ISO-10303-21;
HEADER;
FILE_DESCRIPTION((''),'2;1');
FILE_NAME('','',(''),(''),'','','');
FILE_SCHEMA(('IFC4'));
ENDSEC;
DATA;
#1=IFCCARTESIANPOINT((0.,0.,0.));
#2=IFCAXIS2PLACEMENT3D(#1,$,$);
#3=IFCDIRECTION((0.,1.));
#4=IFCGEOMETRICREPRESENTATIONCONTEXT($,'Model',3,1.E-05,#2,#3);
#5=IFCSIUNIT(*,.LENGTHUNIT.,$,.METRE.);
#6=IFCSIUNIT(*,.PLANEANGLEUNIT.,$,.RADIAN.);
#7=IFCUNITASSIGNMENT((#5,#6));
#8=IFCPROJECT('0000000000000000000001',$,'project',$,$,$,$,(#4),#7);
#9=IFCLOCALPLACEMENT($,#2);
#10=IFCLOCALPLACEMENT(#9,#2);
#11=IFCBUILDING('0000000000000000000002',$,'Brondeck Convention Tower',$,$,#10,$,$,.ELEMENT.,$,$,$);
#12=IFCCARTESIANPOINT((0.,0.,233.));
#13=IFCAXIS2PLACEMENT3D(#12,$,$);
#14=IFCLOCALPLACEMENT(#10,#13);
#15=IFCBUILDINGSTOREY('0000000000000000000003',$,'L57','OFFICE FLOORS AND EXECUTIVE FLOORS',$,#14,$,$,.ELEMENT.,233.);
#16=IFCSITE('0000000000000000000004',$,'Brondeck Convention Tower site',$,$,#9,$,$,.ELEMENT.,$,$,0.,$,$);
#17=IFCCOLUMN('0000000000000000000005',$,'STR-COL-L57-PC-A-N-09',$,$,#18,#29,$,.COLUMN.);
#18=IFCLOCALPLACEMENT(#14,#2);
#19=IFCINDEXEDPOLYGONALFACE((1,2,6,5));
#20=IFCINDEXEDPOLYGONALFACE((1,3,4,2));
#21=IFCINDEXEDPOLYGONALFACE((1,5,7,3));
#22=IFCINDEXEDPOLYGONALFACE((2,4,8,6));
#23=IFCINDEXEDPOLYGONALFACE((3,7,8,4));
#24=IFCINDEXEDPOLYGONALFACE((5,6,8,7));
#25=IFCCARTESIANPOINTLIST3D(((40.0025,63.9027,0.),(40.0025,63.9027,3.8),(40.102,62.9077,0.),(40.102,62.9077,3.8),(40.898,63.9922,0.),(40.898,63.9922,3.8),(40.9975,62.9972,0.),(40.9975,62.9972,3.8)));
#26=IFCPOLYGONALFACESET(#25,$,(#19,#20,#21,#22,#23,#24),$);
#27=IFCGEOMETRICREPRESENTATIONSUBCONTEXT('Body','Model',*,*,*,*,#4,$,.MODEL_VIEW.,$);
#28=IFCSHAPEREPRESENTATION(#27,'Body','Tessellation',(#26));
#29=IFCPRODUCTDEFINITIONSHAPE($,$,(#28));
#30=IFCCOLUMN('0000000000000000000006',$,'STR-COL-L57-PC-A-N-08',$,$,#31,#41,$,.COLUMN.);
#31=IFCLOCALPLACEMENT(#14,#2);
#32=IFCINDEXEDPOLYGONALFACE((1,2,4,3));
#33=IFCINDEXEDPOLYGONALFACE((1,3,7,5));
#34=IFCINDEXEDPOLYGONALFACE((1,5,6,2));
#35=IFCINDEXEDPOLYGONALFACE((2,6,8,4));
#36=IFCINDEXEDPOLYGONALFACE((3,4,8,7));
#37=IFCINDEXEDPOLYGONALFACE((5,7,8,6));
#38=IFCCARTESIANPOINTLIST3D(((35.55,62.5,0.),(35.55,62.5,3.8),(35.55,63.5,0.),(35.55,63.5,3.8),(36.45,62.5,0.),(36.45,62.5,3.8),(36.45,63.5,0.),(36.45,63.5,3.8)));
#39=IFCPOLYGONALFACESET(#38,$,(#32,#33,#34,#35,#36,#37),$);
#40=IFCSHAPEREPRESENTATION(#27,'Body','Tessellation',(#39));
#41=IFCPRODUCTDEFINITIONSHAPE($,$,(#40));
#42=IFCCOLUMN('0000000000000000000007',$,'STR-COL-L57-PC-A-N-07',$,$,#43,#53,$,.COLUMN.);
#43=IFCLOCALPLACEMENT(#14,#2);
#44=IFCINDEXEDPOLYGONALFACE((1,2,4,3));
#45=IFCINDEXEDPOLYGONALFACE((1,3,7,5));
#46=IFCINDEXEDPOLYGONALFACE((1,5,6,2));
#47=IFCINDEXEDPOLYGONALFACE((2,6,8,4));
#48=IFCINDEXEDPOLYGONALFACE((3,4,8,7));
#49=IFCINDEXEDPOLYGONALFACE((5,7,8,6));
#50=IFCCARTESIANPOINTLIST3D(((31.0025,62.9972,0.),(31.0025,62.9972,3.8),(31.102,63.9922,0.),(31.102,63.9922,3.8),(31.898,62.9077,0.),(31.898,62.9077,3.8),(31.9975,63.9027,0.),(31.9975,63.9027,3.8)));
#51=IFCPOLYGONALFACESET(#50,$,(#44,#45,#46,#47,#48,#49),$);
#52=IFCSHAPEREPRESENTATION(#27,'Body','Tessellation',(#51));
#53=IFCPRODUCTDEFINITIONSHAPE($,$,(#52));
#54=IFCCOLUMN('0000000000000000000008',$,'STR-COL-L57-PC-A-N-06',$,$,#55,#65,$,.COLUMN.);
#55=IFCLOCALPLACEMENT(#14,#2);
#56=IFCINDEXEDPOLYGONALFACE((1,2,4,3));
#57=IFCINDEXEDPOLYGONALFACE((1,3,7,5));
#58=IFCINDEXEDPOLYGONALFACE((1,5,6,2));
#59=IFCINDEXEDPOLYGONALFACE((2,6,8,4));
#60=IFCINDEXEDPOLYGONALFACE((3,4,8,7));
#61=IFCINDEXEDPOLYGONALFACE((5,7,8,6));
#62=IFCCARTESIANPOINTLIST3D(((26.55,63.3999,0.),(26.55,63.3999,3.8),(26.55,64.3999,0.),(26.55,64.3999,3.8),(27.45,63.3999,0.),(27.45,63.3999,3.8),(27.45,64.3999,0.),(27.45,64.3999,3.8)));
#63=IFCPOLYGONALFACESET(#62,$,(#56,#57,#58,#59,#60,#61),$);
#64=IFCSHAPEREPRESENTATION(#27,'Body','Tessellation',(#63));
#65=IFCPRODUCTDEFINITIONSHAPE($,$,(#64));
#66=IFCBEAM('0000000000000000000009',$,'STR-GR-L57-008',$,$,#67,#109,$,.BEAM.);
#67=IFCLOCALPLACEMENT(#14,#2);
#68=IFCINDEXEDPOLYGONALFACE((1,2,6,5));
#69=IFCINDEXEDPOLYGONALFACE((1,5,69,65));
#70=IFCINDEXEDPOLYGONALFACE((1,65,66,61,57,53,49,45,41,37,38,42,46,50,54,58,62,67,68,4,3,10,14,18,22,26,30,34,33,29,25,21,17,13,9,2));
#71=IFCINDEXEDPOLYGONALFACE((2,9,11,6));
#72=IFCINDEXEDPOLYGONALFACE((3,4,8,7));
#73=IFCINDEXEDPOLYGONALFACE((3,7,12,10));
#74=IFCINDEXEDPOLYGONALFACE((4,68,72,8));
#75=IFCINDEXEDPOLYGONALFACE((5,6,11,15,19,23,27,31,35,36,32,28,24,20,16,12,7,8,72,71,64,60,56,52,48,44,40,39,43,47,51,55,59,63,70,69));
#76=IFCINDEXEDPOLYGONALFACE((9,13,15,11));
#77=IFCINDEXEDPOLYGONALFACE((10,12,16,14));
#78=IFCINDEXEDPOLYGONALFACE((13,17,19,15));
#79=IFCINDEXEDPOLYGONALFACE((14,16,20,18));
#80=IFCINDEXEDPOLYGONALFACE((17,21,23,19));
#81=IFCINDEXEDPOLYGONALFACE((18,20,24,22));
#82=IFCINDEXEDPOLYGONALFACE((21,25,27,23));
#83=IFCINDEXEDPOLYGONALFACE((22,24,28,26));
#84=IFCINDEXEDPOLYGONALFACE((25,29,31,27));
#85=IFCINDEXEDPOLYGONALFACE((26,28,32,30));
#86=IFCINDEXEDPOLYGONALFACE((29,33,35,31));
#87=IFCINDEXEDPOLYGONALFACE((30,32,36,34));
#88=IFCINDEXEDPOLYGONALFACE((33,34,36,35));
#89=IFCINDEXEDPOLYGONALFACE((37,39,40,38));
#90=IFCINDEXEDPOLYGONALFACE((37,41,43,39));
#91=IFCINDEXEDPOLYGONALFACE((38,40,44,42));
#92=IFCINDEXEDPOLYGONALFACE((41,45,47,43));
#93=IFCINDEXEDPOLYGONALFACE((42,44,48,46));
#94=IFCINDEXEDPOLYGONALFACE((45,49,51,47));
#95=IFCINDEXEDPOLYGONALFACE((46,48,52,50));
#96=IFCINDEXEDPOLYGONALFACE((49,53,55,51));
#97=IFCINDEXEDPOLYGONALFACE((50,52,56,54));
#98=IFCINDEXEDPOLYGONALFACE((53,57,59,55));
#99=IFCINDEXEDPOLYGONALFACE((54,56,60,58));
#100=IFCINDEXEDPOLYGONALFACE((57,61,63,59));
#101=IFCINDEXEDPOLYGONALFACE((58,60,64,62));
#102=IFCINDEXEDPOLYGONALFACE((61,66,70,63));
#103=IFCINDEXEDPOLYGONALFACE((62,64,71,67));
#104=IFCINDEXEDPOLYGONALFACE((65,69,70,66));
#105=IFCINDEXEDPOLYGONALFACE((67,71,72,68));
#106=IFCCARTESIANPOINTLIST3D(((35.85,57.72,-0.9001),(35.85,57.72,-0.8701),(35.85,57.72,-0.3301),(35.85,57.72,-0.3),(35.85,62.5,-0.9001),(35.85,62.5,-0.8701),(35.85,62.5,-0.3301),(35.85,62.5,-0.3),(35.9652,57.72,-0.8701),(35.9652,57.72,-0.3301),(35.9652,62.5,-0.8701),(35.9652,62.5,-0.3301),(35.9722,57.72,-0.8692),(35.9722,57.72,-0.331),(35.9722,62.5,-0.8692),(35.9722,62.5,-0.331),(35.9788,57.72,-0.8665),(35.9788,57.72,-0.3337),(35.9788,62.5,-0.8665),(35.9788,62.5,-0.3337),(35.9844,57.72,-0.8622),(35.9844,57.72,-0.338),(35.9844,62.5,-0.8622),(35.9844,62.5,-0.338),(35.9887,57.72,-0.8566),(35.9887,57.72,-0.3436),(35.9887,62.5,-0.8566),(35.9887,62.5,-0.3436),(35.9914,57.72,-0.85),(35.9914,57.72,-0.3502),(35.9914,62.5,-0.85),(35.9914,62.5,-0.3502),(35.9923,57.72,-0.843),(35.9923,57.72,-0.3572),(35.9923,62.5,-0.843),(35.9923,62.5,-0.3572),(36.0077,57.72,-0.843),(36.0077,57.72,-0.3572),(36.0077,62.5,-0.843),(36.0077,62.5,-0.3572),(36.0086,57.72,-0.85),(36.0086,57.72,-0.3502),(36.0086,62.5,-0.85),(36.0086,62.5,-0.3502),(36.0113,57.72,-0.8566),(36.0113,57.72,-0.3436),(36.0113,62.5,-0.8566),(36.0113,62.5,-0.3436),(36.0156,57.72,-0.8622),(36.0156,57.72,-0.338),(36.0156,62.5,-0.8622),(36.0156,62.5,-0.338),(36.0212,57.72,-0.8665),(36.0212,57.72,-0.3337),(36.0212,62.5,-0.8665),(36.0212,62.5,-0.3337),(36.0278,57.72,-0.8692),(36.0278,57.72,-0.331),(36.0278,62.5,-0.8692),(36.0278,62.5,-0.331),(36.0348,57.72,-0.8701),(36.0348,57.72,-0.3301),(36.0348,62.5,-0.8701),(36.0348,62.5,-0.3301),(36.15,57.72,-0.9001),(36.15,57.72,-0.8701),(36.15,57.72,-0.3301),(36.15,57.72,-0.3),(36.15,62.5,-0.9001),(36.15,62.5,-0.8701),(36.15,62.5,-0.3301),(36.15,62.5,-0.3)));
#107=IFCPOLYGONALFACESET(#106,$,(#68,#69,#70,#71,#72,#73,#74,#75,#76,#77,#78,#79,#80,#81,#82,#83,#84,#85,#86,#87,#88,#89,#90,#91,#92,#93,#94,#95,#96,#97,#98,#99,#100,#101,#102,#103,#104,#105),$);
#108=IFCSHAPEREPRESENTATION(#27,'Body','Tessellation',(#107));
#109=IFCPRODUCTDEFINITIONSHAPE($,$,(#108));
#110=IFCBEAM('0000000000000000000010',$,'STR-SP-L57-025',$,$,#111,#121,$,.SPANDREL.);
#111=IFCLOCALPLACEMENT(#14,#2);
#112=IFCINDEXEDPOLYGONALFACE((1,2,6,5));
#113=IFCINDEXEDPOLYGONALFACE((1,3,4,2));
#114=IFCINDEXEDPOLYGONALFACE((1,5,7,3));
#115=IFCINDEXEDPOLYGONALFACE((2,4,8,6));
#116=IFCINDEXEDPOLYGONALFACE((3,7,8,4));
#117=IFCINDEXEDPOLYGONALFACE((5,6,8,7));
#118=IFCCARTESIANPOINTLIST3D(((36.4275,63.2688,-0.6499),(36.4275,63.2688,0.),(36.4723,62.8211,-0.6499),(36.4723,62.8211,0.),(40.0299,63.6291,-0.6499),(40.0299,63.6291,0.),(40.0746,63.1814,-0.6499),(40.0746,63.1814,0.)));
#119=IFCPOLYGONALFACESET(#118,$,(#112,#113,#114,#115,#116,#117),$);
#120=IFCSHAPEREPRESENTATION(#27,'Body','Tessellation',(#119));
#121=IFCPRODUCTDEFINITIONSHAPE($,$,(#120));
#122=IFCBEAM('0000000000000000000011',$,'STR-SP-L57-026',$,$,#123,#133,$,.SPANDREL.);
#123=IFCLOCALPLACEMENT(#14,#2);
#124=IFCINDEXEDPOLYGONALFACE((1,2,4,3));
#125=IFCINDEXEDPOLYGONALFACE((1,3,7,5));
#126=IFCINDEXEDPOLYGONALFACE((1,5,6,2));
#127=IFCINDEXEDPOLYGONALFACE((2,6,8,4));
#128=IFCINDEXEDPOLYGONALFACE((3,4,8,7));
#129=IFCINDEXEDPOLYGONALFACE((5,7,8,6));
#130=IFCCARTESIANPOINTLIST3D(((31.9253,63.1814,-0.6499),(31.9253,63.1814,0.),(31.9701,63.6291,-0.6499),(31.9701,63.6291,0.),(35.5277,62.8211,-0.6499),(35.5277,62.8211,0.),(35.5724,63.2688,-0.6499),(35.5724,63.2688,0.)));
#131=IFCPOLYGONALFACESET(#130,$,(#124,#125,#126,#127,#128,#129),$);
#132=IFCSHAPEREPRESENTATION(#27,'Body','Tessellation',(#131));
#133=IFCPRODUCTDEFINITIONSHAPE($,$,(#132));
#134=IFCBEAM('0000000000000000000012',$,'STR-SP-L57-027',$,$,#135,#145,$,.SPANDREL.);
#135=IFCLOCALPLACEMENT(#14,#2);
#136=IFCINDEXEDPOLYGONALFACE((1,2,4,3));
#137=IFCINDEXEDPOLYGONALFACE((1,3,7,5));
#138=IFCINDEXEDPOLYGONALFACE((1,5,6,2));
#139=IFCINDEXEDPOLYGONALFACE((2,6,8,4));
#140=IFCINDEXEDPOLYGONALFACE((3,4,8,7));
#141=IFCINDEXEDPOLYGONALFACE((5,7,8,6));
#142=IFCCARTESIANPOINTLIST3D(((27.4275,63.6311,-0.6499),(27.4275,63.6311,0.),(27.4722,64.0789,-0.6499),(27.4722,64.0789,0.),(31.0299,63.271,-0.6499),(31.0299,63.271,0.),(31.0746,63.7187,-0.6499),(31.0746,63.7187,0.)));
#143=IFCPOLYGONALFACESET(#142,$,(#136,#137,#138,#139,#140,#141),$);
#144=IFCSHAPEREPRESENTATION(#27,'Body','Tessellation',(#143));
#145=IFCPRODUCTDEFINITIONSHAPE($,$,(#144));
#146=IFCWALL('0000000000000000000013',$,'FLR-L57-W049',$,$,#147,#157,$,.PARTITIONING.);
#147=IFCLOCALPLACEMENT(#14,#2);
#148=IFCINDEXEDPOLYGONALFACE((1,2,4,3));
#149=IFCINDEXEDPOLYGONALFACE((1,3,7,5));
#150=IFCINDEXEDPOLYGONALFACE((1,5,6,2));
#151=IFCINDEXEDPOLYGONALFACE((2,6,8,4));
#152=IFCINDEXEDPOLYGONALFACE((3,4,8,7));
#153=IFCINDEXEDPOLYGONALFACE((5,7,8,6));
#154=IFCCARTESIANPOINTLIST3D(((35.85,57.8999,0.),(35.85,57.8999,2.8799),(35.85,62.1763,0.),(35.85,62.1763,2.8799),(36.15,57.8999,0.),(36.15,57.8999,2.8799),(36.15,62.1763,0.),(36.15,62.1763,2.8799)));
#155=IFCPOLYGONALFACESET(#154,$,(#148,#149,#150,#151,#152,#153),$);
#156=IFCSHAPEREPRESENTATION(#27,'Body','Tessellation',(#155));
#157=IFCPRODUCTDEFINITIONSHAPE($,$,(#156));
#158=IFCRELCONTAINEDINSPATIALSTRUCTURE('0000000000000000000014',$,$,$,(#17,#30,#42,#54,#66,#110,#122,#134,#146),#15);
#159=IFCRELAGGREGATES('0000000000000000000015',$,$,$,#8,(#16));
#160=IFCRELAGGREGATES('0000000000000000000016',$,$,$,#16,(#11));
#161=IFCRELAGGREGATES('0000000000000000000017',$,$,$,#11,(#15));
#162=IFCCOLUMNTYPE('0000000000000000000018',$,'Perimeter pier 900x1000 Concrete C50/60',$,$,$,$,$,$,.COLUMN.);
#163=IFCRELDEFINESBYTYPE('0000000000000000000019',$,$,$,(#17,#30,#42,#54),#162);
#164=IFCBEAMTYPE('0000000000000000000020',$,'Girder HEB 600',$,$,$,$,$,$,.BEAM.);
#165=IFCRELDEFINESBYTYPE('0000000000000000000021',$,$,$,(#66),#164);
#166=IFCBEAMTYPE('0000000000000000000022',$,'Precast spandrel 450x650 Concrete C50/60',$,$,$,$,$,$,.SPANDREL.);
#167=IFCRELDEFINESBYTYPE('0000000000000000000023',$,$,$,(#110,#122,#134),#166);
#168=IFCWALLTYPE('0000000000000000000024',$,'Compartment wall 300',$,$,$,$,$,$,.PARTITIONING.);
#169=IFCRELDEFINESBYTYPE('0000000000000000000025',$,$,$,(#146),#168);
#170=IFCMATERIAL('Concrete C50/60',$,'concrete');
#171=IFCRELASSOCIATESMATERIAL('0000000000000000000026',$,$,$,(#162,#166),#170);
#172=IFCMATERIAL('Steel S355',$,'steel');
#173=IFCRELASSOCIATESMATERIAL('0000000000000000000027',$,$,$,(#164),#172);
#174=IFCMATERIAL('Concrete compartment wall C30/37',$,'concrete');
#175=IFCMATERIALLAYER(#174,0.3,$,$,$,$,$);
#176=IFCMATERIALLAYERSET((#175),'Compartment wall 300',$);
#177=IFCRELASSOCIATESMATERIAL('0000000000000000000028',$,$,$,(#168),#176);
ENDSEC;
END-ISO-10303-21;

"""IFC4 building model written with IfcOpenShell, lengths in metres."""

from ifc_helpers import new_model, si_unit, direction, frame, frame_2d, origin, origin_2d, place, context, subcontext, project, spatial, rectangle, i_section, extrude, material, layer, layer_set, material_profile, profile_set, type_object, element, save


model = new_model("IFC4")

# Units and contexts
model_context = context("Model", 3, precision=1e-05, world=origin(), true_north=direction((0.0, 1.0)))
body_context = subcontext(model_context, "Body", "Model", "MODEL_VIEW")
ifc_project = project(units=[si_unit("LENGTHUNIT", "METRE"), si_unit("PLANEANGLEUNIT", "RADIAN")], contexts=[model_context])

# Site, building, storey
site_placement = place(None, origin())
site = spatial("IfcSite", under=ifc_project, at=site_placement, Name="Brondeck Convention Tower site", CompositionType="ELEMENT", RefElevation=0.0)
building_placement = place(site_placement, origin())
building = spatial("IfcBuilding", under=site, at=building_placement, Name="Brondeck Convention Tower", CompositionType="ELEMENT")
storey_placement = place(building_placement, frame((0.0, 0.0, 233.0)))
storey = spatial("IfcBuildingStorey", under=building, at=storey_placement, Name="L57", Description="OFFICE FLOORS AND EXECUTIVE FLOORS", CompositionType="ELEMENT", Elevation=233.0)

# Columns
ifc_material_1 = material(Name="Concrete C50/60", Category="concrete")
ifc_material_profile_1 = material_profile(ifc_material_1, rectangle(XDim=0.8999, YDim=1.0, at=origin_2d()), Name="Perimeter pier 900x1000 Concrete C50/60")
ifc_profile_set_1 = profile_set([ifc_material_profile_1], Name="Concrete C50/60")
column_type = type_object("IfcColumnType", Name="Perimeter pier 900x1000 Concrete C50/60", PredefinedType="COLUMN", material=ifc_profile_set_1)
for number, where, z_axis, x_axis, name in (
    (1, (40.5, 63.45, 0.0), (0.0, 0.0, 1.0), (-0.995037, -0.099504, 0.0), "STR-COL-L57-PC-A-N-09"),
    (2, (36.0, 63.0, 0.0), (0.0, 0.0, 1.0), (-1.0, 0.0, 0.0), "STR-COL-L57-PC-A-N-08"),
    (3, (31.5, 63.45, 0.0), (0.0, 0.0, 1.0), (-0.995037, 0.099504, 0.0), "STR-COL-L57-PC-A-N-07"),
    (4, (27.0, 63.8999, 0.0), (0.0, 0.0, 1.0), (-1.0, 0.0, 0.0), "STR-COL-L57-PC-A-N-06"),
):
    element("IfcColumn", number, at=place(storey_placement, frame(where, z_axis=z_axis, x_axis=x_axis)), inside=storey, type_object=column_type, Name=name, PredefinedType="COLUMN", context=body_context, shape_type="SweptSolid", body=[
        extrude(rectangle(XDim=0.8999, YDim=1.0, at=origin_2d()), origin(), (0.0, 0.0, 1.0), 3.8),
    ])

# Beams
ifc_material_2 = material(Name="Steel S355", Category="steel")
ifc_material_profile_2 = material_profile(ifc_material_2, i_section(OverallWidth=0.3, OverallDepth=0.6001, WebThickness=0.0154, FlangeThickness=0.03, FilletRadius=0.0271, at=origin_2d()), Name="HEB 600")
ifc_profile_set_2 = profile_set([ifc_material_profile_2], Name="Steel S355")
beam_type_1 = type_object("IfcBeamType", Name="Girder HEB 600", PredefinedType="BEAM", material=ifc_profile_set_2)
beam_placement = place(storey_placement, frame((36.0, 57.72, -0.6001), z_axis=(0.0, 1.0, 0.0), x_axis=(-1.0, 0.0, 0.0)))
element("IfcBeam", 5, at=beam_placement, inside=storey, type_object=beam_type_1, Name="STR-GR-L57-008", PredefinedType="BEAM", context=body_context, shape_type="SweptSolid", body=[
    extrude(i_section(OverallWidth=0.3, OverallDepth=0.6001, WebThickness=0.0154, FlangeThickness=0.03, FilletRadius=0.0271, at=origin_2d()), origin(), (0.0, 0.0, 1.0), 4.78),
])
ifc_material_profile_3 = material_profile(ifc_material_1, rectangle(XDim=0.45, YDim=0.6499, at=origin_2d()), Name="Precast spandrel 450x650 Concrete C50/60")
ifc_profile_set_3 = profile_set([ifc_material_profile_3], Name="Concrete C50/60")
beam_type_2 = type_object("IfcBeamType", Name="Precast spandrel 450x650 Concrete C50/60", PredefinedType="SPANDREL", material=ifc_profile_set_3)
for number, where, z_axis, x_axis, name in (
    (6, (40.0522, 63.4053, -0.325), (-0.995034, -0.099537, 0.0), (0.099537, -0.995034, 0.0), "STR-SP-L57-025"),
    (7, (35.55, 63.0449, -0.325), (-0.995034, 0.099537, 0.0), (-0.099537, -0.995034, 0.0), "STR-SP-L57-026"),
    (8, (31.0522, 63.4949, -0.325), (-0.995041, 0.09947, 0.0), (-0.09947, -0.995041, 0.0), "STR-SP-L57-027"),
):
    element("IfcBeam", number, at=place(storey_placement, frame(where, z_axis=z_axis, x_axis=x_axis)), inside=storey, type_object=beam_type_2, Name=name, PredefinedType="SPANDREL", context=body_context, shape_type="SweptSolid", body=[
        extrude(rectangle(XDim=0.45, YDim=0.6499, at=origin_2d()), origin(), (0.0, 0.0, 1.0), 3.6204),
    ])

# Wall
ifc_material_3 = material(Name="Concrete compartment wall C30/37", Category="concrete")
ifc_layer_1 = layer(ifc_material_3, 0.3)
ifc_layer_set_1 = layer_set([ifc_layer_1], Name="Compartment wall 300")
wall_type_1 = type_object("IfcWallType", Name="Compartment wall 300", PredefinedType="PARTITIONING", material=ifc_layer_set_1)
wall_1_placement = place(storey_placement, frame((36.0, 57.8999, 0.0), z_axis=(0.0, 0.0, 1.0), x_axis=(0.0, 1.0, 0.0)))
element("IfcWall", 9, at=wall_1_placement, inside=storey, type_object=wall_type_1, Name="FLR-L57-W049", PredefinedType="PARTITIONING", context=body_context, shape_type="SweptSolid", body=[
    extrude(rectangle(XDim=4.2764, YDim=0.3, at=frame_2d((2.1382, 0.0))), origin(), (0.0, 0.0, 1.0), 2.8799),
])

save(model, "model.ifc")
